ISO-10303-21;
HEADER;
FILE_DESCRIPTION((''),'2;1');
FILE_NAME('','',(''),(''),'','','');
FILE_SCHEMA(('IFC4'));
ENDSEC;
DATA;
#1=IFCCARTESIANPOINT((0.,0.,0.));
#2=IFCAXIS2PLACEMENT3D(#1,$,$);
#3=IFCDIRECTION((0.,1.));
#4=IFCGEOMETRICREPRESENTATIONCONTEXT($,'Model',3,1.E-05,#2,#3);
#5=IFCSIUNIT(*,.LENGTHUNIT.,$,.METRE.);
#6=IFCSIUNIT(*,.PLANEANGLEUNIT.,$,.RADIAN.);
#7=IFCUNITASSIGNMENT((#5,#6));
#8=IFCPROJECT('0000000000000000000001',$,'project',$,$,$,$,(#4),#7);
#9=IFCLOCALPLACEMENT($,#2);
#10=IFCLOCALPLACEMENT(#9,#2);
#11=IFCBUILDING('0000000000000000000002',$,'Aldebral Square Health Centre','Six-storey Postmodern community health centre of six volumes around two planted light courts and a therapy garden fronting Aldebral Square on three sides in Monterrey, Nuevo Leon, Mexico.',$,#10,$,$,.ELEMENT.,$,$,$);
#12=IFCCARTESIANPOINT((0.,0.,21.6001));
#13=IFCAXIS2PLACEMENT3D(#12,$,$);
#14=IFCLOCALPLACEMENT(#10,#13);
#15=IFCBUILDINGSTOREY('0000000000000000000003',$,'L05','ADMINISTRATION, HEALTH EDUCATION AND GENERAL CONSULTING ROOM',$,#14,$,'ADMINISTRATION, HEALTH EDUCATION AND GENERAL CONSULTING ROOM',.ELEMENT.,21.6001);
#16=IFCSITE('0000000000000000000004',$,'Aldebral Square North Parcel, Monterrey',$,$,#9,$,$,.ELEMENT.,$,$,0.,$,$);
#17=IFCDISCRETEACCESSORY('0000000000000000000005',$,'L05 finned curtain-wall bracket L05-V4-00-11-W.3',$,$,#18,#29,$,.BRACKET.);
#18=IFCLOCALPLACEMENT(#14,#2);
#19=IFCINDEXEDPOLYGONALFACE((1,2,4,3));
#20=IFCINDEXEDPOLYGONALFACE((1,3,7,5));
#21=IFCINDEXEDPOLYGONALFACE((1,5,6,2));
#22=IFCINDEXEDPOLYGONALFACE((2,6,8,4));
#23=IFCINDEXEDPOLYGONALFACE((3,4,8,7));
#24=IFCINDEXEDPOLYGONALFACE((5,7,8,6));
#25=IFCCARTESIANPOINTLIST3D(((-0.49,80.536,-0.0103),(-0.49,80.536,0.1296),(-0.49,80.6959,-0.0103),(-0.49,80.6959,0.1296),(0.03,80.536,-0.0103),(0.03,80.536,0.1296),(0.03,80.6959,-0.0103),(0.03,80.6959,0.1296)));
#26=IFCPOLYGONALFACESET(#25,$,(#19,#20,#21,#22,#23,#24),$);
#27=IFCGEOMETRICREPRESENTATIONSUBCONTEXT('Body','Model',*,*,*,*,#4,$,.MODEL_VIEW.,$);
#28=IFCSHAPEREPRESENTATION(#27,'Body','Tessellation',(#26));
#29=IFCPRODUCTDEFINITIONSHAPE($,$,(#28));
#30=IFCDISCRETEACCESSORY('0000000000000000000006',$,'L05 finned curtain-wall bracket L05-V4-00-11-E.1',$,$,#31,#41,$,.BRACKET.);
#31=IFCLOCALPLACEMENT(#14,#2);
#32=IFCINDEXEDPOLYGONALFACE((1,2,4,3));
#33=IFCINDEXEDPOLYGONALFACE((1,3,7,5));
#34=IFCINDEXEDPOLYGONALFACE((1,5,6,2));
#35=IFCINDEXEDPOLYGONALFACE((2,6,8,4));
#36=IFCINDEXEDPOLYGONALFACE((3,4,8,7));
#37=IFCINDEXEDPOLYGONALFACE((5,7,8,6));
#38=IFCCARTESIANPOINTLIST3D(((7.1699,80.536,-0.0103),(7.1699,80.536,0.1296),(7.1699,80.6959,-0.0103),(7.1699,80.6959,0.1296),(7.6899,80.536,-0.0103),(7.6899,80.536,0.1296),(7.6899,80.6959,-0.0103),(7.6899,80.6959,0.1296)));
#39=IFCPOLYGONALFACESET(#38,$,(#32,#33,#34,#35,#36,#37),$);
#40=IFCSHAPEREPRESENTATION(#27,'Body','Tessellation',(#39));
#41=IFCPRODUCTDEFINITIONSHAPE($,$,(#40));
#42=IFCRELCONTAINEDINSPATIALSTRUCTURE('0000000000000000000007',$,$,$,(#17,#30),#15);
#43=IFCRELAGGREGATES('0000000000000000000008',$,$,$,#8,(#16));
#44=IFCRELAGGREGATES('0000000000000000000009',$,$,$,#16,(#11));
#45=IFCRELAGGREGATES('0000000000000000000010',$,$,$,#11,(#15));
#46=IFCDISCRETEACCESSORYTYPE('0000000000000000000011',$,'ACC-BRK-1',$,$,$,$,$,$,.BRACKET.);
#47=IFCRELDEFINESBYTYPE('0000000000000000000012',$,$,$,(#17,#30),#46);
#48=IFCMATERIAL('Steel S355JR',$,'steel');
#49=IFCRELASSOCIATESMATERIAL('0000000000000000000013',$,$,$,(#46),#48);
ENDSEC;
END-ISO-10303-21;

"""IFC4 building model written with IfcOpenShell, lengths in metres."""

from ifc_helpers import new_model, si_unit, direction, frame, origin, origin_2d, place, context, subcontext, project, spatial, rectangle, extrude, material, type_object, element, save


model = new_model("IFC4")

# Units and contexts
model_context = context("Model", 3, precision=1e-05, world=origin(), true_north=direction((0.0, 1.0)))
body_context = subcontext(model_context, "Body", "Model", "MODEL_VIEW")
ifc_project = project(units=[si_unit("LENGTHUNIT", "METRE"), si_unit("PLANEANGLEUNIT", "RADIAN")], contexts=[model_context])

# Site, building, storey
site_placement = place(None, origin())
site = spatial("IfcSite", under=ifc_project, at=site_placement, Name="Aldebral Square North Parcel, Monterrey", CompositionType="ELEMENT", RefElevation=0.0)
building_placement = place(site_placement, origin())
building = spatial("IfcBuilding", under=site, at=building_placement, Name="Aldebral Square Health Centre", Description="Six-storey Postmodern community health centre of six volumes around two planted light courts and a therapy garden fronting Aldebral Square on three sides in Monterrey, Nuevo Leon, Mexico.", CompositionType="ELEMENT")
storey_placement = place(building_placement, frame((0.0, 0.0, 21.6001)))
storey = spatial("IfcBuildingStorey", under=building, at=storey_placement, Name="L05", Description="ADMINISTRATION, HEALTH EDUCATION AND GENERAL CONSULTING ROOM", LongName="ADMINISTRATION, HEALTH EDUCATION AND GENERAL CONSULTING ROOM", CompositionType="ELEMENT", Elevation=21.6001)

# Discrete accessories
ifc_material_1 = material(Name="Steel S355JR", Category="steel")
discrete_accessory_type = type_object("IfcDiscreteAccessoryType", Name="ACC-BRK-1", PredefinedType="BRACKET", material=ifc_material_1)
for number, where, z_axis, x_axis, name in (
    (1, (-0.23, 80.616, -0.0103), (0.0, 0.0, 1.0), (0.0, 1.0, 0.0), "L05 finned curtain-wall bracket L05-V4-00-11-W.3"),
    (2, (7.4299, 80.616, -0.0103), (0.0, 0.0, 1.0), (0.0, 1.0, 0.0), "L05 finned curtain-wall bracket L05-V4-00-11-E.1"),
):
    element("IfcDiscreteAccessory", number, at=place(storey_placement, frame(where, z_axis=z_axis, x_axis=x_axis)), inside=storey, type_object=discrete_accessory_type, Name=name, PredefinedType="BRACKET", context=body_context, shape_type="SweptSolid", body=[
        extrude(rectangle(XDim=0.1599, YDim=0.52, at=origin_2d()), origin(), (0.0, 0.0, 1.0), 0.1399),
    ])

save(model, "model.ifc")
